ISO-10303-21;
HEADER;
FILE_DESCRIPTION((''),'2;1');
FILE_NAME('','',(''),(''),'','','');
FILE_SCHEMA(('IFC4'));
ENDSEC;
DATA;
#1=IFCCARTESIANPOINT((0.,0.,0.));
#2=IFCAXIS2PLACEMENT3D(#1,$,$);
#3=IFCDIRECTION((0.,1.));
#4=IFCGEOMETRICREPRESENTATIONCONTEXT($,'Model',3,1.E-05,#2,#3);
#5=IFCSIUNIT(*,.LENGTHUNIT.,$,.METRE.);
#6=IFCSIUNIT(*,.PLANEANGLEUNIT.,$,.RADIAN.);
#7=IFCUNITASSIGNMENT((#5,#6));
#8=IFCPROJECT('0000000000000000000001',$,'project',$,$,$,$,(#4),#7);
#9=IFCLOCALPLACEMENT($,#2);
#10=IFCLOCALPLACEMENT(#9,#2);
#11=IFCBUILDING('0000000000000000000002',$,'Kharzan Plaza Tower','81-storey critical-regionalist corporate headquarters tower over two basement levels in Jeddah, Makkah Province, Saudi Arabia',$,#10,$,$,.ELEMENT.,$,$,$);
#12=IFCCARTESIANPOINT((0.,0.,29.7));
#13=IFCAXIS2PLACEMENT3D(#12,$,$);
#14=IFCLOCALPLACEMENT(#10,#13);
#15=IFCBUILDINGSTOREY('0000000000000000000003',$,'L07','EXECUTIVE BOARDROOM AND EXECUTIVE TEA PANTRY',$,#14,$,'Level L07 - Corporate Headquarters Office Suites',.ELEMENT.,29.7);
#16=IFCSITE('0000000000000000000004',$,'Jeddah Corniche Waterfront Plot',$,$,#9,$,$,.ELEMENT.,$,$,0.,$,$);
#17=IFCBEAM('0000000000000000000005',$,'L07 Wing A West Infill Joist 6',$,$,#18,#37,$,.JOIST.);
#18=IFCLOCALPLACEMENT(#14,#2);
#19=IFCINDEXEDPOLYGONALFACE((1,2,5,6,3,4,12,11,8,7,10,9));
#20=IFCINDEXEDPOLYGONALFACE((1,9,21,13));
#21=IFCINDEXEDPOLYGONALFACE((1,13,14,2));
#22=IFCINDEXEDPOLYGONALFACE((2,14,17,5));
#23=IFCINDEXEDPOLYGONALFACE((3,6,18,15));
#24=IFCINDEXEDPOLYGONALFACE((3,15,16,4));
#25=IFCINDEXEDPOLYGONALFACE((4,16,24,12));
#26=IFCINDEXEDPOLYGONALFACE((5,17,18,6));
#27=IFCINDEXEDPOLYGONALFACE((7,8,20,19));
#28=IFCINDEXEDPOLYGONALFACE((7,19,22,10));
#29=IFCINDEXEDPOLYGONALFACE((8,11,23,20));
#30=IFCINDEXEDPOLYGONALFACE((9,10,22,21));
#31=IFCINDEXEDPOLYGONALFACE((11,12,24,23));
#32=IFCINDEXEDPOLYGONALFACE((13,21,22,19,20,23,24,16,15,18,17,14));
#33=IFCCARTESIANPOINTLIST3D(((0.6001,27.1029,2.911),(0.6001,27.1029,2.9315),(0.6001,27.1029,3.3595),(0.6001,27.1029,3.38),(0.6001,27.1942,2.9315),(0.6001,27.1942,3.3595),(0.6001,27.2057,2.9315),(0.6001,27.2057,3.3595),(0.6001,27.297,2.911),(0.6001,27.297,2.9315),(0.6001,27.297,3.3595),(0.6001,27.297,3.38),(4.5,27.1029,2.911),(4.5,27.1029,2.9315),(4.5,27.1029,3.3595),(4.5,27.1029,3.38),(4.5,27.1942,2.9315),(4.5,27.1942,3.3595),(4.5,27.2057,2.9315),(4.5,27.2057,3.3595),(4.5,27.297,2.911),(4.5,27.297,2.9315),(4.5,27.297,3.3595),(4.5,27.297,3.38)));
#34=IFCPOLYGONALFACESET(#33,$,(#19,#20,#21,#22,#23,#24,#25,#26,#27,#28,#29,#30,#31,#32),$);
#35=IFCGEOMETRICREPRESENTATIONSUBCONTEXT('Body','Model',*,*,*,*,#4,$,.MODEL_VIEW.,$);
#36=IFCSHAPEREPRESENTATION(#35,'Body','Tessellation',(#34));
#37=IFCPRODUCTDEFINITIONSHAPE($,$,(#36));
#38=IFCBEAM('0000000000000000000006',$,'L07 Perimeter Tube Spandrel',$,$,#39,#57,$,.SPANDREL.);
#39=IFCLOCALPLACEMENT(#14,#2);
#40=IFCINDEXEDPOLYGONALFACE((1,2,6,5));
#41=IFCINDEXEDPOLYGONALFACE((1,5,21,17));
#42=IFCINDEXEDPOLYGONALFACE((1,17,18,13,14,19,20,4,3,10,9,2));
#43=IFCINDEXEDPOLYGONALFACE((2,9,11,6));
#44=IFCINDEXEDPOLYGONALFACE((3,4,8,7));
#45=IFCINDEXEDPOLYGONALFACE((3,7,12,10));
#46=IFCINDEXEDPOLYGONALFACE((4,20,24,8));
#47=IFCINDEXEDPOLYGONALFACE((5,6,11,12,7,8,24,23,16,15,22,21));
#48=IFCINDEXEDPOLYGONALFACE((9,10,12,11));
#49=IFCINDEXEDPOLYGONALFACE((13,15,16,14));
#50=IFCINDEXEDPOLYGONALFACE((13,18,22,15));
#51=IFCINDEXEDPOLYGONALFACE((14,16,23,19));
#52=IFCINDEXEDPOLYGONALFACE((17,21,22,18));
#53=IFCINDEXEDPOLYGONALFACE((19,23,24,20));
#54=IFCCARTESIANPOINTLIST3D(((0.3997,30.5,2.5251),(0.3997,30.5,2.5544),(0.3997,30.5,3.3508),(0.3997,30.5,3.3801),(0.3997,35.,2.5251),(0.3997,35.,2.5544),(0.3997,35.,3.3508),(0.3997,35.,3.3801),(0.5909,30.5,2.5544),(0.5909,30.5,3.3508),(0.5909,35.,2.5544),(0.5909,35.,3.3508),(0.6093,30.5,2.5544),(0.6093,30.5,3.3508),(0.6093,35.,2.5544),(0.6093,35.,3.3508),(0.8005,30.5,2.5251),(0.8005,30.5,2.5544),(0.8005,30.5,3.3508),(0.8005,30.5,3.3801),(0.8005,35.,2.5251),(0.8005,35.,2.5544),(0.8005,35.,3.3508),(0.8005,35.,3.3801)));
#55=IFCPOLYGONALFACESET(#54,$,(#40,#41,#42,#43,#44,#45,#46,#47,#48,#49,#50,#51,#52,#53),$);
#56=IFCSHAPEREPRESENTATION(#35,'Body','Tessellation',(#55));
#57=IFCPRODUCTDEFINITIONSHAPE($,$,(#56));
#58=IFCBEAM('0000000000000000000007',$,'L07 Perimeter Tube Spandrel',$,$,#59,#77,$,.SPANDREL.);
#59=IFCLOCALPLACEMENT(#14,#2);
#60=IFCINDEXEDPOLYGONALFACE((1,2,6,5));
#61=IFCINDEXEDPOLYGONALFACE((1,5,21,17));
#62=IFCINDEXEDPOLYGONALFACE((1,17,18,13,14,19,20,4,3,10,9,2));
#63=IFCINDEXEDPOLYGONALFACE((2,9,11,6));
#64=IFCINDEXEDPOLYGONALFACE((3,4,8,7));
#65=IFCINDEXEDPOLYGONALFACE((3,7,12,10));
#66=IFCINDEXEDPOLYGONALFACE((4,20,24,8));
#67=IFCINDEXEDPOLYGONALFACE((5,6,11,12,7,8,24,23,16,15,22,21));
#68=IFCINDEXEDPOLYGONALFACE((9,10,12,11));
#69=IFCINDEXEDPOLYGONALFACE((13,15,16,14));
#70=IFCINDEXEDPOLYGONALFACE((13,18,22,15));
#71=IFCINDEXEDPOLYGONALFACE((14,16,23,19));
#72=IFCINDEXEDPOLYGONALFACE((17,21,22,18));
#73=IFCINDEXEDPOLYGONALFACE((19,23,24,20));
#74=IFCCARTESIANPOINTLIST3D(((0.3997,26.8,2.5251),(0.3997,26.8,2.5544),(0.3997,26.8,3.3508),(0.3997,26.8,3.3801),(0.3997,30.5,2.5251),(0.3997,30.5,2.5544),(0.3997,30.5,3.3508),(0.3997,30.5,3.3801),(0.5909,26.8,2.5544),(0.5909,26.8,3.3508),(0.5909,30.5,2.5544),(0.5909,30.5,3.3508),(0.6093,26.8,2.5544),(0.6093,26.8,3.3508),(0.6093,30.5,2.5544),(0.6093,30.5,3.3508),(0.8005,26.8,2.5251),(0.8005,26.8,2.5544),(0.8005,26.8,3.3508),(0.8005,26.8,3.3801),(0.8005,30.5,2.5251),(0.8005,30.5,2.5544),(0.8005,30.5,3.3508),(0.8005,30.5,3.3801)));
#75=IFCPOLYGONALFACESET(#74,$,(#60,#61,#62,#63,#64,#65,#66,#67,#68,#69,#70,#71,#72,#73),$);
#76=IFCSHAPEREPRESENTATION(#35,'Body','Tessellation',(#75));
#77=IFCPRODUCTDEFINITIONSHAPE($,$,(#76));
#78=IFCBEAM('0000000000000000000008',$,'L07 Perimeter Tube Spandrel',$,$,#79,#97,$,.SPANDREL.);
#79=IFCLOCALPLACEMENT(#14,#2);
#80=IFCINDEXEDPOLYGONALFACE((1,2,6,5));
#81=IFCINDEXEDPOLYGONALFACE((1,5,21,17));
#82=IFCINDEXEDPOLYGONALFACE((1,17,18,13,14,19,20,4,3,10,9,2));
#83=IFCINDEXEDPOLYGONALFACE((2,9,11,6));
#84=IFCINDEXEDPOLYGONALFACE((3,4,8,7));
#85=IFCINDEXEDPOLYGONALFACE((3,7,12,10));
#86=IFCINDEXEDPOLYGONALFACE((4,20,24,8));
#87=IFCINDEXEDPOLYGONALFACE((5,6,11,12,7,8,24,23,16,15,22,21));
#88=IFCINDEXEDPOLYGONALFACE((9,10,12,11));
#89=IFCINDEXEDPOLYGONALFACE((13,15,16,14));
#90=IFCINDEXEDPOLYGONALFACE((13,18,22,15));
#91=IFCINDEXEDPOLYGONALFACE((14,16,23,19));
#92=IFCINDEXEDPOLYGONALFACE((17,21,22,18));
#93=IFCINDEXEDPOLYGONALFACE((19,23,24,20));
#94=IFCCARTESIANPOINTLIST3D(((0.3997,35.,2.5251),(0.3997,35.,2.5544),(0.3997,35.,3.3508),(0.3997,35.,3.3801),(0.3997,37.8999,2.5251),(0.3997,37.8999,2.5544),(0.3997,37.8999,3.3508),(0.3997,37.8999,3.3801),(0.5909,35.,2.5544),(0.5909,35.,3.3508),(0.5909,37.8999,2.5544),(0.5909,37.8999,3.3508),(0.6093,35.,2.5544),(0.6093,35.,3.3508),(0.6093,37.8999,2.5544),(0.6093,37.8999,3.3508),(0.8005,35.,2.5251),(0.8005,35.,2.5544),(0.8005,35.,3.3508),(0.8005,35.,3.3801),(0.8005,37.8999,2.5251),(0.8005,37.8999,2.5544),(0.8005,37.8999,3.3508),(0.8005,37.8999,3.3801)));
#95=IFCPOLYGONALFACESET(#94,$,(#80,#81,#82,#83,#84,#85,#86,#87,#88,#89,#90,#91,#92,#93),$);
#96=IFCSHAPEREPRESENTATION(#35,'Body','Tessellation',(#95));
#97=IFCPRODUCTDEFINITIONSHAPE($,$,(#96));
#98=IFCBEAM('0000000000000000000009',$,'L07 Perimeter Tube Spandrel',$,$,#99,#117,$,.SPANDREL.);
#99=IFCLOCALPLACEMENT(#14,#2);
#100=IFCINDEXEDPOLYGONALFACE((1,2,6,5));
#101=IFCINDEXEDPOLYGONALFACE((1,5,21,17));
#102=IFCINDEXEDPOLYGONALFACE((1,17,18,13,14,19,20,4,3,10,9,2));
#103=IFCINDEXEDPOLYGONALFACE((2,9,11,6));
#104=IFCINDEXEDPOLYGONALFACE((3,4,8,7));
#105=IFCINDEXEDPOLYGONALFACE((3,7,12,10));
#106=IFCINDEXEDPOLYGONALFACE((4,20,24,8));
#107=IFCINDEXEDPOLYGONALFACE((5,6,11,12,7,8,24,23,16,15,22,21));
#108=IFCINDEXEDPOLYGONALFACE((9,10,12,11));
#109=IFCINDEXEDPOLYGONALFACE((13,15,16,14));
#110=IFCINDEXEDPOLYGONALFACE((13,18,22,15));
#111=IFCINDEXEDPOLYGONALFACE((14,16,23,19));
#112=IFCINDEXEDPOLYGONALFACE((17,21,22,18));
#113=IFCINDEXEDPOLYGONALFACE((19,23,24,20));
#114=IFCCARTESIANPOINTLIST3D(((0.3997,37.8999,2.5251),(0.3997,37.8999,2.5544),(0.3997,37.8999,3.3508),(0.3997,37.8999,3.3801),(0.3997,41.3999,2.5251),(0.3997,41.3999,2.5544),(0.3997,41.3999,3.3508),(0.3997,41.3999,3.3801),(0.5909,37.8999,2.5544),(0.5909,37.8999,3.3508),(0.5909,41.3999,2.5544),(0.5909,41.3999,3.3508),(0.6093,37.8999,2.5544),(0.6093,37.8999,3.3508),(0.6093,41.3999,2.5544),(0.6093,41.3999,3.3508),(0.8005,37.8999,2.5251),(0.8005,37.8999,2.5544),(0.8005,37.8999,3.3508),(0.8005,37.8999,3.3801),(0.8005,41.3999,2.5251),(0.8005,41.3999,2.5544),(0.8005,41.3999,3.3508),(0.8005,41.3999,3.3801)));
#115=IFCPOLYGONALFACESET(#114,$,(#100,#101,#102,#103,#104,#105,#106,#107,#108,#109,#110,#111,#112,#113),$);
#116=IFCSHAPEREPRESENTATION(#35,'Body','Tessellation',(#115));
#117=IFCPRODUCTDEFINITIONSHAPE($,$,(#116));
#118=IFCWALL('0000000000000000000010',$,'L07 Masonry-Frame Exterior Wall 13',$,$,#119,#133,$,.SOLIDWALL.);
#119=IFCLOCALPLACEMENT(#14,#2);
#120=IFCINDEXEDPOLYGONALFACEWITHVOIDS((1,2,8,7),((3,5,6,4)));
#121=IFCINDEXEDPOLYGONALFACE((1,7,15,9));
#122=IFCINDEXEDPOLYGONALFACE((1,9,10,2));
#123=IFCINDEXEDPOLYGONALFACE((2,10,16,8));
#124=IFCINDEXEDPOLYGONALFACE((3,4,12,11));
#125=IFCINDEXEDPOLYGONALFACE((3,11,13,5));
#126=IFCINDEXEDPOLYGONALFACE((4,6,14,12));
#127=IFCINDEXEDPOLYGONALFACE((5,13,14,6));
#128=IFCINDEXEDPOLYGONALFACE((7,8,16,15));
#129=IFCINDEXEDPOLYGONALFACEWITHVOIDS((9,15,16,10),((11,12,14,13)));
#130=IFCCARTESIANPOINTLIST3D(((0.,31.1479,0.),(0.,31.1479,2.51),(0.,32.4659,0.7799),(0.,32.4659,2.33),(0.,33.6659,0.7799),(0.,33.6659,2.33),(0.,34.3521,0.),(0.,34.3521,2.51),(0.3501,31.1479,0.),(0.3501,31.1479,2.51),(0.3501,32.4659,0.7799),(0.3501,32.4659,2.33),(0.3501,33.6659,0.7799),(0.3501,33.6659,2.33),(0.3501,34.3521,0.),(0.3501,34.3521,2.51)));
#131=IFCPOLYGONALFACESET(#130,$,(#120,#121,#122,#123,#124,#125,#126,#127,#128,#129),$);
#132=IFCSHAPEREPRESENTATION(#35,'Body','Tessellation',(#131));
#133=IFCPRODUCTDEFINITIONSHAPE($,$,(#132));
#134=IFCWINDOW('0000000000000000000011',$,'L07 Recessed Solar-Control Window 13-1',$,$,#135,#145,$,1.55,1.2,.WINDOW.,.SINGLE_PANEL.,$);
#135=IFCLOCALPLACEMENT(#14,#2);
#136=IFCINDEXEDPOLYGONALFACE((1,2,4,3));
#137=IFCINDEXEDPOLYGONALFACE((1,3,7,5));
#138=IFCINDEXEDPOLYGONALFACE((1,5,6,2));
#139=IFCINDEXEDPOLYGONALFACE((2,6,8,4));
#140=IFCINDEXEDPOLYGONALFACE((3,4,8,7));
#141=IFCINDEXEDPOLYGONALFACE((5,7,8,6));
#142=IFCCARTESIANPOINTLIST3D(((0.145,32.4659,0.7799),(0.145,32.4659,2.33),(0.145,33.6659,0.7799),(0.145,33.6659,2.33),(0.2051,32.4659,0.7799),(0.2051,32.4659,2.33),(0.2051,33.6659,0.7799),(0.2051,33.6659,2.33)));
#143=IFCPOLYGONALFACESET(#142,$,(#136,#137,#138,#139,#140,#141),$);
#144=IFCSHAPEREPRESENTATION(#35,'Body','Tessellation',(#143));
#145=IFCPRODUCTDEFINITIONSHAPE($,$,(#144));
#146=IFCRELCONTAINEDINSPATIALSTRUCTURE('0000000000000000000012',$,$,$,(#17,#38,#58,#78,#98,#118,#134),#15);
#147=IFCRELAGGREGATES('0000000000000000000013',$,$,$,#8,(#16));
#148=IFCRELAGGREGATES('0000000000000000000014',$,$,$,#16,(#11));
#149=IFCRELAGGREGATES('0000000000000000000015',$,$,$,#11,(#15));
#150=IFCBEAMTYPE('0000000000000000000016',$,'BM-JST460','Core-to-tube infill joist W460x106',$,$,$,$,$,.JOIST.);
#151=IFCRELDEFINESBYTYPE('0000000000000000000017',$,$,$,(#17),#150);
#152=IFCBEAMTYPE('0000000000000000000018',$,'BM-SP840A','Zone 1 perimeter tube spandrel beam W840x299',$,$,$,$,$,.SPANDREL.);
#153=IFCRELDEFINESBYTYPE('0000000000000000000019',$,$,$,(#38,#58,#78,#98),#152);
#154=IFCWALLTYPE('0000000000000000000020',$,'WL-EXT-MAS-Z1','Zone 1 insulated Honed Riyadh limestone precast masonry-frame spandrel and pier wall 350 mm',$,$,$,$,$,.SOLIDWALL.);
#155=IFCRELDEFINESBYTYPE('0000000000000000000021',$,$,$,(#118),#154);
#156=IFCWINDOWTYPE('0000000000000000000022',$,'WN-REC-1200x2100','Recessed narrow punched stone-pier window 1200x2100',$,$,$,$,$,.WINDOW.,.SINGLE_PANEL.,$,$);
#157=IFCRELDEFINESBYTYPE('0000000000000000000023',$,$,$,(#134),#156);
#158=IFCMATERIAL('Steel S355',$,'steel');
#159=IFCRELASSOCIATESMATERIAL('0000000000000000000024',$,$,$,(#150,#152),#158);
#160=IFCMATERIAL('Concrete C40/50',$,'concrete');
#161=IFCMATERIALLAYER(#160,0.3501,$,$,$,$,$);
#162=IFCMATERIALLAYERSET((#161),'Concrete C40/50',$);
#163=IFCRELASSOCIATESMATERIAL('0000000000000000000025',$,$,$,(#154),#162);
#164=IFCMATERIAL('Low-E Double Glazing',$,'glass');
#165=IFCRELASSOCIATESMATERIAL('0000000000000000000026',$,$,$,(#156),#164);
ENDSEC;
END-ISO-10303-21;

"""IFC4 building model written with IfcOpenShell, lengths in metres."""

from ifc_helpers import new_model, si_unit, direction, frame, frame_2d, origin, origin_2d, place, context, subcontext, project, spatial, rectangle, i_section, extrude, source, transform, mapped, material, layer, layer_set, material_profile, profile_set, type_object, element, fill, save


model = new_model("IFC4")

# Units and contexts
model_context = context("Model", 3, precision=1e-05, world=origin(), true_north=direction((0.0, 1.0)))
body_context = subcontext(model_context, "Body", "Model", "MODEL_VIEW")
ifc_project = project(units=[si_unit("LENGTHUNIT", "METRE"), si_unit("PLANEANGLEUNIT", "RADIAN")], contexts=[model_context])

# Site, building, storey
site_placement = place(None, origin())
site = spatial("IfcSite", under=ifc_project, at=site_placement, Name="Jeddah Corniche Waterfront Plot", CompositionType="ELEMENT", RefElevation=0.0)
building_placement = place(site_placement, origin())
building = spatial("IfcBuilding", under=site, at=building_placement, Name="Kharzan Plaza Tower", Description="81-storey critical-regionalist corporate headquarters tower over two basement levels in Jeddah, Makkah Province, Saudi Arabia", CompositionType="ELEMENT")
storey_placement = place(building_placement, frame((0.0, 0.0, 29.7)))
storey = spatial("IfcBuildingStorey", under=building, at=storey_placement, Name="L07", Description="EXECUTIVE BOARDROOM AND EXECUTIVE TEA PANTRY", LongName="Level L07 - Corporate Headquarters Office Suites", CompositionType="ELEMENT", Elevation=29.7)

# Beams
ifc_material_1 = material(Name="Steel S355", Category="steel")
ifc_material_profile_1 = material_profile(ifc_material_1, i_section(OverallWidth=0.1941, OverallDepth=0.469, WebThickness=0.0115, FlangeThickness=0.0205, at=origin_2d()), Name="W460x106")
ifc_profile_set_1 = profile_set([ifc_material_profile_1], Name="Steel S355")
beam_type_1 = type_object("IfcBeamType", Name="BM-JST460", Description="Core-to-tube infill joist W460x106", PredefinedType="JOIST", material=ifc_profile_set_1)
shared_shape_1 = source(origin(), body_context, "Body", "SweptSolid", [
    extrude(i_section(OverallWidth=0.1941, OverallDepth=0.469, WebThickness=0.0115, FlangeThickness=0.0205, at=origin_2d()), origin(), (0.0, 0.0, 1.0), 3.8999),
])
for number, where, z_axis, x_axis, name in (
    (1, (0.6001, 27.2, 3.1455), (1.0, 0.0, 0.0), (0.0, 1.0, 0.0), "L07 Wing A West Infill Joist 6"),
):
    element("IfcBeam", number, at=place(storey_placement, frame(where, z_axis=z_axis, x_axis=x_axis)), inside=storey, type_object=beam_type_1, Name=name, PredefinedType="JOIST", context=body_context, shape_type="MappedRepresentation", body=[
        mapped(shared_shape_1, transform((0.0, 0.0, 0.0), x_axis=(1.0, 0.0, 0.0), y_axis=(0.0, 1.0, 0.0), z_axis=(0.0, 0.0, 1.0))),
    ])
ifc_material_profile_2 = material_profile(ifc_material_1, i_section(OverallWidth=0.4009, OverallDepth=0.855, WebThickness=0.0183, FlangeThickness=0.0293, at=origin_2d()), Name="W840x299")
ifc_profile_set_2 = profile_set([ifc_material_profile_2], Name="Steel S355")
beam_type_2 = type_object("IfcBeamType", Name="BM-SP840A", Description="Zone 1 perimeter tube spandrel beam W840x299", PredefinedType="SPANDREL", material=ifc_profile_set_2)
shared_shape_2 = source(origin(), body_context, "Body", "SweptSolid", [
    extrude(i_section(OverallWidth=0.4009, OverallDepth=0.855, WebThickness=0.0183, FlangeThickness=0.0293, at=origin_2d()), origin(), (0.0, 0.0, 1.0), 4.5),
])
beam_1_placement = place(storey_placement, frame((0.6001, 30.5, 2.9526), z_axis=(0.0, 1.0, 0.0), x_axis=(-1.0, 0.0, 0.0)))
element("IfcBeam", 2, at=beam_1_placement, inside=storey, type_object=beam_type_2, Name="L07 Perimeter Tube Spandrel", PredefinedType="SPANDREL", context=body_context, shape_type="MappedRepresentation", body=[
    mapped(shared_shape_2, transform((0.0, 0.0, 0.0), x_axis=(1.0, 0.0, 0.0), y_axis=(0.0, 1.0, 0.0), z_axis=(0.0, 0.0, 1.0))),
])
shared_shape_3 = source(origin(), body_context, "Body", "SweptSolid", [
    extrude(i_section(OverallWidth=0.4009, OverallDepth=0.855, WebThickness=0.0183, FlangeThickness=0.0293, at=origin_2d()), origin(), (0.0, 0.0, 1.0), 3.7),
])
beam_2_placement = place(storey_placement, frame((0.6001, 26.8, 2.9526), z_axis=(0.0, 1.0, 0.0), x_axis=(-1.0, 0.0, 0.0)))
element("IfcBeam", 3, at=beam_2_placement, inside=storey, type_object=beam_type_2, Name="L07 Perimeter Tube Spandrel", PredefinedType="SPANDREL", context=body_context, shape_type="MappedRepresentation", body=[
    mapped(shared_shape_3, transform((0.0, 0.0, 0.0), x_axis=(1.0, 0.0, 0.0), y_axis=(0.0, 1.0, 0.0), z_axis=(0.0, 0.0, 1.0))),
])
shared_shape_4 = source(origin(), body_context, "Body", "SweptSolid", [
    extrude(i_section(OverallWidth=0.4009, OverallDepth=0.855, WebThickness=0.0183, FlangeThickness=0.0293, at=origin_2d()), origin(), (0.0, 0.0, 1.0), 2.8999),
])
beam_3_placement = place(storey_placement, frame((0.6001, 35.0, 2.9526), z_axis=(0.0, 1.0, 0.0), x_axis=(-1.0, 0.0, 0.0)))
element("IfcBeam", 4, at=beam_3_placement, inside=storey, type_object=beam_type_2, Name="L07 Perimeter Tube Spandrel", PredefinedType="SPANDREL", context=body_context, shape_type="MappedRepresentation", body=[
    mapped(shared_shape_4, transform((0.0, 0.0, 0.0), x_axis=(1.0, 0.0, 0.0), y_axis=(0.0, 1.0, 0.0), z_axis=(0.0, 0.0, 1.0))),
])
shared_shape_5 = source(origin(), body_context, "Body", "SweptSolid", [
    extrude(i_section(OverallWidth=0.4009, OverallDepth=0.855, WebThickness=0.0183, FlangeThickness=0.0293, at=origin_2d()), origin(), (0.0, 0.0, 1.0), 3.5),
])
beam_4_placement = place(storey_placement, frame((0.6001, 37.8999, 2.9526), z_axis=(0.0, 1.0, 0.0), x_axis=(-1.0, 0.0, 0.0)))
element("IfcBeam", 5, at=beam_4_placement, inside=storey, type_object=beam_type_2, Name="L07 Perimeter Tube Spandrel", PredefinedType="SPANDREL", context=body_context, shape_type="MappedRepresentation", body=[
    mapped(shared_shape_5, transform((0.0, 0.0, 0.0), x_axis=(1.0, 0.0, 0.0), y_axis=(0.0, 1.0, 0.0), z_axis=(0.0, 0.0, 1.0))),
])

# Wall, opening, window
ifc_material_2 = material(Name="Concrete C40/50", Category="concrete")
ifc_layer_1 = layer(ifc_material_2, 0.3501)
ifc_layer_set_1 = layer_set([ifc_layer_1], Name="Concrete C40/50")
wall_type_1 = type_object("IfcWallType", Name="WL-EXT-MAS-Z1", Description="Zone 1 insulated Honed Riyadh limestone precast masonry-frame spandrel and pier wall 350 mm", PredefinedType="SOLIDWALL", material=ifc_layer_set_1)
wall_1_placement = place(storey_placement, frame((0.175, 34.3521, 0.0), z_axis=(0.0, 0.0, 1.0), x_axis=(0.0, -1.0, 0.0)))
wall_1 = element("IfcWall", 6, at=wall_1_placement, inside=storey, type_object=wall_type_1, Name="L07 Masonry-Frame Exterior Wall 13", PredefinedType="SOLIDWALL", context=body_context, shape_type="SweptSolid", body=[
    extrude(rectangle(XDim=3.2041, YDim=0.3501, at=frame_2d((1.6021, 0.0))), origin(), (0.0, 0.0, 1.0), 2.51),
])
opening_1_placement = place(wall_1_placement, frame((0.686, 0.0, 0.78)))
opening_1 = element("IfcOpeningElement", 7, at=opening_1_placement, cuts=wall_1, PredefinedType="OPENING", context=body_context, shape_type="SweptSolid", body=[
    extrude(rectangle(XDim=1.2, YDim=1.55, at=frame_2d((0.6001, 0.7749))), frame((0.0, 0.1851, 0.0), z_axis=(0.0, -1.0, 0.0), x_axis=(1.0, 0.0, 0.0)), (0.0, 0.0, 1.0), 0.3701),
])
ifc_material_3 = material(Name="Low-E Double Glazing", Category="glass")
window_type_1 = type_object("IfcWindowType", Name="WN-REC-1200x2100", Description="Recessed narrow punched stone-pier window 1200x2100", PartitioningType="SINGLE_PANEL", PredefinedType="WINDOW", material=ifc_material_3)
shared_shape_6 = source(origin(), body_context, "Body", "SweptSolid", [
    extrude(rectangle(XDim=1.2, YDim=1.55, at=frame_2d((0.6001, 0.7749))), frame((0.0, 0.03, 0.0), z_axis=(0.0, -1.0, 0.0), x_axis=(1.0, 0.0, 0.0)), (0.0, 0.0, 1.0), 0.0601),
])
window_1_placement = place(opening_1_placement, origin())
window_1 = element("IfcWindow", 8, at=window_1_placement, inside=storey, type_object=window_type_1, Name="L07 Recessed Solar-Control Window 13-1", OverallHeight=1.55, OverallWidth=1.2, PartitioningType="SINGLE_PANEL", PredefinedType="WINDOW", context=body_context, shape_type="MappedRepresentation", body=[
    mapped(shared_shape_6, transform((0.0, 0.0, 0.0), x_axis=(1.0, 0.0, 0.0), y_axis=(0.0, 1.0, 0.0), z_axis=(0.0, 0.0, 1.0))),
])
fill(opening_1, window_1)

save(model, "model.ifc")
